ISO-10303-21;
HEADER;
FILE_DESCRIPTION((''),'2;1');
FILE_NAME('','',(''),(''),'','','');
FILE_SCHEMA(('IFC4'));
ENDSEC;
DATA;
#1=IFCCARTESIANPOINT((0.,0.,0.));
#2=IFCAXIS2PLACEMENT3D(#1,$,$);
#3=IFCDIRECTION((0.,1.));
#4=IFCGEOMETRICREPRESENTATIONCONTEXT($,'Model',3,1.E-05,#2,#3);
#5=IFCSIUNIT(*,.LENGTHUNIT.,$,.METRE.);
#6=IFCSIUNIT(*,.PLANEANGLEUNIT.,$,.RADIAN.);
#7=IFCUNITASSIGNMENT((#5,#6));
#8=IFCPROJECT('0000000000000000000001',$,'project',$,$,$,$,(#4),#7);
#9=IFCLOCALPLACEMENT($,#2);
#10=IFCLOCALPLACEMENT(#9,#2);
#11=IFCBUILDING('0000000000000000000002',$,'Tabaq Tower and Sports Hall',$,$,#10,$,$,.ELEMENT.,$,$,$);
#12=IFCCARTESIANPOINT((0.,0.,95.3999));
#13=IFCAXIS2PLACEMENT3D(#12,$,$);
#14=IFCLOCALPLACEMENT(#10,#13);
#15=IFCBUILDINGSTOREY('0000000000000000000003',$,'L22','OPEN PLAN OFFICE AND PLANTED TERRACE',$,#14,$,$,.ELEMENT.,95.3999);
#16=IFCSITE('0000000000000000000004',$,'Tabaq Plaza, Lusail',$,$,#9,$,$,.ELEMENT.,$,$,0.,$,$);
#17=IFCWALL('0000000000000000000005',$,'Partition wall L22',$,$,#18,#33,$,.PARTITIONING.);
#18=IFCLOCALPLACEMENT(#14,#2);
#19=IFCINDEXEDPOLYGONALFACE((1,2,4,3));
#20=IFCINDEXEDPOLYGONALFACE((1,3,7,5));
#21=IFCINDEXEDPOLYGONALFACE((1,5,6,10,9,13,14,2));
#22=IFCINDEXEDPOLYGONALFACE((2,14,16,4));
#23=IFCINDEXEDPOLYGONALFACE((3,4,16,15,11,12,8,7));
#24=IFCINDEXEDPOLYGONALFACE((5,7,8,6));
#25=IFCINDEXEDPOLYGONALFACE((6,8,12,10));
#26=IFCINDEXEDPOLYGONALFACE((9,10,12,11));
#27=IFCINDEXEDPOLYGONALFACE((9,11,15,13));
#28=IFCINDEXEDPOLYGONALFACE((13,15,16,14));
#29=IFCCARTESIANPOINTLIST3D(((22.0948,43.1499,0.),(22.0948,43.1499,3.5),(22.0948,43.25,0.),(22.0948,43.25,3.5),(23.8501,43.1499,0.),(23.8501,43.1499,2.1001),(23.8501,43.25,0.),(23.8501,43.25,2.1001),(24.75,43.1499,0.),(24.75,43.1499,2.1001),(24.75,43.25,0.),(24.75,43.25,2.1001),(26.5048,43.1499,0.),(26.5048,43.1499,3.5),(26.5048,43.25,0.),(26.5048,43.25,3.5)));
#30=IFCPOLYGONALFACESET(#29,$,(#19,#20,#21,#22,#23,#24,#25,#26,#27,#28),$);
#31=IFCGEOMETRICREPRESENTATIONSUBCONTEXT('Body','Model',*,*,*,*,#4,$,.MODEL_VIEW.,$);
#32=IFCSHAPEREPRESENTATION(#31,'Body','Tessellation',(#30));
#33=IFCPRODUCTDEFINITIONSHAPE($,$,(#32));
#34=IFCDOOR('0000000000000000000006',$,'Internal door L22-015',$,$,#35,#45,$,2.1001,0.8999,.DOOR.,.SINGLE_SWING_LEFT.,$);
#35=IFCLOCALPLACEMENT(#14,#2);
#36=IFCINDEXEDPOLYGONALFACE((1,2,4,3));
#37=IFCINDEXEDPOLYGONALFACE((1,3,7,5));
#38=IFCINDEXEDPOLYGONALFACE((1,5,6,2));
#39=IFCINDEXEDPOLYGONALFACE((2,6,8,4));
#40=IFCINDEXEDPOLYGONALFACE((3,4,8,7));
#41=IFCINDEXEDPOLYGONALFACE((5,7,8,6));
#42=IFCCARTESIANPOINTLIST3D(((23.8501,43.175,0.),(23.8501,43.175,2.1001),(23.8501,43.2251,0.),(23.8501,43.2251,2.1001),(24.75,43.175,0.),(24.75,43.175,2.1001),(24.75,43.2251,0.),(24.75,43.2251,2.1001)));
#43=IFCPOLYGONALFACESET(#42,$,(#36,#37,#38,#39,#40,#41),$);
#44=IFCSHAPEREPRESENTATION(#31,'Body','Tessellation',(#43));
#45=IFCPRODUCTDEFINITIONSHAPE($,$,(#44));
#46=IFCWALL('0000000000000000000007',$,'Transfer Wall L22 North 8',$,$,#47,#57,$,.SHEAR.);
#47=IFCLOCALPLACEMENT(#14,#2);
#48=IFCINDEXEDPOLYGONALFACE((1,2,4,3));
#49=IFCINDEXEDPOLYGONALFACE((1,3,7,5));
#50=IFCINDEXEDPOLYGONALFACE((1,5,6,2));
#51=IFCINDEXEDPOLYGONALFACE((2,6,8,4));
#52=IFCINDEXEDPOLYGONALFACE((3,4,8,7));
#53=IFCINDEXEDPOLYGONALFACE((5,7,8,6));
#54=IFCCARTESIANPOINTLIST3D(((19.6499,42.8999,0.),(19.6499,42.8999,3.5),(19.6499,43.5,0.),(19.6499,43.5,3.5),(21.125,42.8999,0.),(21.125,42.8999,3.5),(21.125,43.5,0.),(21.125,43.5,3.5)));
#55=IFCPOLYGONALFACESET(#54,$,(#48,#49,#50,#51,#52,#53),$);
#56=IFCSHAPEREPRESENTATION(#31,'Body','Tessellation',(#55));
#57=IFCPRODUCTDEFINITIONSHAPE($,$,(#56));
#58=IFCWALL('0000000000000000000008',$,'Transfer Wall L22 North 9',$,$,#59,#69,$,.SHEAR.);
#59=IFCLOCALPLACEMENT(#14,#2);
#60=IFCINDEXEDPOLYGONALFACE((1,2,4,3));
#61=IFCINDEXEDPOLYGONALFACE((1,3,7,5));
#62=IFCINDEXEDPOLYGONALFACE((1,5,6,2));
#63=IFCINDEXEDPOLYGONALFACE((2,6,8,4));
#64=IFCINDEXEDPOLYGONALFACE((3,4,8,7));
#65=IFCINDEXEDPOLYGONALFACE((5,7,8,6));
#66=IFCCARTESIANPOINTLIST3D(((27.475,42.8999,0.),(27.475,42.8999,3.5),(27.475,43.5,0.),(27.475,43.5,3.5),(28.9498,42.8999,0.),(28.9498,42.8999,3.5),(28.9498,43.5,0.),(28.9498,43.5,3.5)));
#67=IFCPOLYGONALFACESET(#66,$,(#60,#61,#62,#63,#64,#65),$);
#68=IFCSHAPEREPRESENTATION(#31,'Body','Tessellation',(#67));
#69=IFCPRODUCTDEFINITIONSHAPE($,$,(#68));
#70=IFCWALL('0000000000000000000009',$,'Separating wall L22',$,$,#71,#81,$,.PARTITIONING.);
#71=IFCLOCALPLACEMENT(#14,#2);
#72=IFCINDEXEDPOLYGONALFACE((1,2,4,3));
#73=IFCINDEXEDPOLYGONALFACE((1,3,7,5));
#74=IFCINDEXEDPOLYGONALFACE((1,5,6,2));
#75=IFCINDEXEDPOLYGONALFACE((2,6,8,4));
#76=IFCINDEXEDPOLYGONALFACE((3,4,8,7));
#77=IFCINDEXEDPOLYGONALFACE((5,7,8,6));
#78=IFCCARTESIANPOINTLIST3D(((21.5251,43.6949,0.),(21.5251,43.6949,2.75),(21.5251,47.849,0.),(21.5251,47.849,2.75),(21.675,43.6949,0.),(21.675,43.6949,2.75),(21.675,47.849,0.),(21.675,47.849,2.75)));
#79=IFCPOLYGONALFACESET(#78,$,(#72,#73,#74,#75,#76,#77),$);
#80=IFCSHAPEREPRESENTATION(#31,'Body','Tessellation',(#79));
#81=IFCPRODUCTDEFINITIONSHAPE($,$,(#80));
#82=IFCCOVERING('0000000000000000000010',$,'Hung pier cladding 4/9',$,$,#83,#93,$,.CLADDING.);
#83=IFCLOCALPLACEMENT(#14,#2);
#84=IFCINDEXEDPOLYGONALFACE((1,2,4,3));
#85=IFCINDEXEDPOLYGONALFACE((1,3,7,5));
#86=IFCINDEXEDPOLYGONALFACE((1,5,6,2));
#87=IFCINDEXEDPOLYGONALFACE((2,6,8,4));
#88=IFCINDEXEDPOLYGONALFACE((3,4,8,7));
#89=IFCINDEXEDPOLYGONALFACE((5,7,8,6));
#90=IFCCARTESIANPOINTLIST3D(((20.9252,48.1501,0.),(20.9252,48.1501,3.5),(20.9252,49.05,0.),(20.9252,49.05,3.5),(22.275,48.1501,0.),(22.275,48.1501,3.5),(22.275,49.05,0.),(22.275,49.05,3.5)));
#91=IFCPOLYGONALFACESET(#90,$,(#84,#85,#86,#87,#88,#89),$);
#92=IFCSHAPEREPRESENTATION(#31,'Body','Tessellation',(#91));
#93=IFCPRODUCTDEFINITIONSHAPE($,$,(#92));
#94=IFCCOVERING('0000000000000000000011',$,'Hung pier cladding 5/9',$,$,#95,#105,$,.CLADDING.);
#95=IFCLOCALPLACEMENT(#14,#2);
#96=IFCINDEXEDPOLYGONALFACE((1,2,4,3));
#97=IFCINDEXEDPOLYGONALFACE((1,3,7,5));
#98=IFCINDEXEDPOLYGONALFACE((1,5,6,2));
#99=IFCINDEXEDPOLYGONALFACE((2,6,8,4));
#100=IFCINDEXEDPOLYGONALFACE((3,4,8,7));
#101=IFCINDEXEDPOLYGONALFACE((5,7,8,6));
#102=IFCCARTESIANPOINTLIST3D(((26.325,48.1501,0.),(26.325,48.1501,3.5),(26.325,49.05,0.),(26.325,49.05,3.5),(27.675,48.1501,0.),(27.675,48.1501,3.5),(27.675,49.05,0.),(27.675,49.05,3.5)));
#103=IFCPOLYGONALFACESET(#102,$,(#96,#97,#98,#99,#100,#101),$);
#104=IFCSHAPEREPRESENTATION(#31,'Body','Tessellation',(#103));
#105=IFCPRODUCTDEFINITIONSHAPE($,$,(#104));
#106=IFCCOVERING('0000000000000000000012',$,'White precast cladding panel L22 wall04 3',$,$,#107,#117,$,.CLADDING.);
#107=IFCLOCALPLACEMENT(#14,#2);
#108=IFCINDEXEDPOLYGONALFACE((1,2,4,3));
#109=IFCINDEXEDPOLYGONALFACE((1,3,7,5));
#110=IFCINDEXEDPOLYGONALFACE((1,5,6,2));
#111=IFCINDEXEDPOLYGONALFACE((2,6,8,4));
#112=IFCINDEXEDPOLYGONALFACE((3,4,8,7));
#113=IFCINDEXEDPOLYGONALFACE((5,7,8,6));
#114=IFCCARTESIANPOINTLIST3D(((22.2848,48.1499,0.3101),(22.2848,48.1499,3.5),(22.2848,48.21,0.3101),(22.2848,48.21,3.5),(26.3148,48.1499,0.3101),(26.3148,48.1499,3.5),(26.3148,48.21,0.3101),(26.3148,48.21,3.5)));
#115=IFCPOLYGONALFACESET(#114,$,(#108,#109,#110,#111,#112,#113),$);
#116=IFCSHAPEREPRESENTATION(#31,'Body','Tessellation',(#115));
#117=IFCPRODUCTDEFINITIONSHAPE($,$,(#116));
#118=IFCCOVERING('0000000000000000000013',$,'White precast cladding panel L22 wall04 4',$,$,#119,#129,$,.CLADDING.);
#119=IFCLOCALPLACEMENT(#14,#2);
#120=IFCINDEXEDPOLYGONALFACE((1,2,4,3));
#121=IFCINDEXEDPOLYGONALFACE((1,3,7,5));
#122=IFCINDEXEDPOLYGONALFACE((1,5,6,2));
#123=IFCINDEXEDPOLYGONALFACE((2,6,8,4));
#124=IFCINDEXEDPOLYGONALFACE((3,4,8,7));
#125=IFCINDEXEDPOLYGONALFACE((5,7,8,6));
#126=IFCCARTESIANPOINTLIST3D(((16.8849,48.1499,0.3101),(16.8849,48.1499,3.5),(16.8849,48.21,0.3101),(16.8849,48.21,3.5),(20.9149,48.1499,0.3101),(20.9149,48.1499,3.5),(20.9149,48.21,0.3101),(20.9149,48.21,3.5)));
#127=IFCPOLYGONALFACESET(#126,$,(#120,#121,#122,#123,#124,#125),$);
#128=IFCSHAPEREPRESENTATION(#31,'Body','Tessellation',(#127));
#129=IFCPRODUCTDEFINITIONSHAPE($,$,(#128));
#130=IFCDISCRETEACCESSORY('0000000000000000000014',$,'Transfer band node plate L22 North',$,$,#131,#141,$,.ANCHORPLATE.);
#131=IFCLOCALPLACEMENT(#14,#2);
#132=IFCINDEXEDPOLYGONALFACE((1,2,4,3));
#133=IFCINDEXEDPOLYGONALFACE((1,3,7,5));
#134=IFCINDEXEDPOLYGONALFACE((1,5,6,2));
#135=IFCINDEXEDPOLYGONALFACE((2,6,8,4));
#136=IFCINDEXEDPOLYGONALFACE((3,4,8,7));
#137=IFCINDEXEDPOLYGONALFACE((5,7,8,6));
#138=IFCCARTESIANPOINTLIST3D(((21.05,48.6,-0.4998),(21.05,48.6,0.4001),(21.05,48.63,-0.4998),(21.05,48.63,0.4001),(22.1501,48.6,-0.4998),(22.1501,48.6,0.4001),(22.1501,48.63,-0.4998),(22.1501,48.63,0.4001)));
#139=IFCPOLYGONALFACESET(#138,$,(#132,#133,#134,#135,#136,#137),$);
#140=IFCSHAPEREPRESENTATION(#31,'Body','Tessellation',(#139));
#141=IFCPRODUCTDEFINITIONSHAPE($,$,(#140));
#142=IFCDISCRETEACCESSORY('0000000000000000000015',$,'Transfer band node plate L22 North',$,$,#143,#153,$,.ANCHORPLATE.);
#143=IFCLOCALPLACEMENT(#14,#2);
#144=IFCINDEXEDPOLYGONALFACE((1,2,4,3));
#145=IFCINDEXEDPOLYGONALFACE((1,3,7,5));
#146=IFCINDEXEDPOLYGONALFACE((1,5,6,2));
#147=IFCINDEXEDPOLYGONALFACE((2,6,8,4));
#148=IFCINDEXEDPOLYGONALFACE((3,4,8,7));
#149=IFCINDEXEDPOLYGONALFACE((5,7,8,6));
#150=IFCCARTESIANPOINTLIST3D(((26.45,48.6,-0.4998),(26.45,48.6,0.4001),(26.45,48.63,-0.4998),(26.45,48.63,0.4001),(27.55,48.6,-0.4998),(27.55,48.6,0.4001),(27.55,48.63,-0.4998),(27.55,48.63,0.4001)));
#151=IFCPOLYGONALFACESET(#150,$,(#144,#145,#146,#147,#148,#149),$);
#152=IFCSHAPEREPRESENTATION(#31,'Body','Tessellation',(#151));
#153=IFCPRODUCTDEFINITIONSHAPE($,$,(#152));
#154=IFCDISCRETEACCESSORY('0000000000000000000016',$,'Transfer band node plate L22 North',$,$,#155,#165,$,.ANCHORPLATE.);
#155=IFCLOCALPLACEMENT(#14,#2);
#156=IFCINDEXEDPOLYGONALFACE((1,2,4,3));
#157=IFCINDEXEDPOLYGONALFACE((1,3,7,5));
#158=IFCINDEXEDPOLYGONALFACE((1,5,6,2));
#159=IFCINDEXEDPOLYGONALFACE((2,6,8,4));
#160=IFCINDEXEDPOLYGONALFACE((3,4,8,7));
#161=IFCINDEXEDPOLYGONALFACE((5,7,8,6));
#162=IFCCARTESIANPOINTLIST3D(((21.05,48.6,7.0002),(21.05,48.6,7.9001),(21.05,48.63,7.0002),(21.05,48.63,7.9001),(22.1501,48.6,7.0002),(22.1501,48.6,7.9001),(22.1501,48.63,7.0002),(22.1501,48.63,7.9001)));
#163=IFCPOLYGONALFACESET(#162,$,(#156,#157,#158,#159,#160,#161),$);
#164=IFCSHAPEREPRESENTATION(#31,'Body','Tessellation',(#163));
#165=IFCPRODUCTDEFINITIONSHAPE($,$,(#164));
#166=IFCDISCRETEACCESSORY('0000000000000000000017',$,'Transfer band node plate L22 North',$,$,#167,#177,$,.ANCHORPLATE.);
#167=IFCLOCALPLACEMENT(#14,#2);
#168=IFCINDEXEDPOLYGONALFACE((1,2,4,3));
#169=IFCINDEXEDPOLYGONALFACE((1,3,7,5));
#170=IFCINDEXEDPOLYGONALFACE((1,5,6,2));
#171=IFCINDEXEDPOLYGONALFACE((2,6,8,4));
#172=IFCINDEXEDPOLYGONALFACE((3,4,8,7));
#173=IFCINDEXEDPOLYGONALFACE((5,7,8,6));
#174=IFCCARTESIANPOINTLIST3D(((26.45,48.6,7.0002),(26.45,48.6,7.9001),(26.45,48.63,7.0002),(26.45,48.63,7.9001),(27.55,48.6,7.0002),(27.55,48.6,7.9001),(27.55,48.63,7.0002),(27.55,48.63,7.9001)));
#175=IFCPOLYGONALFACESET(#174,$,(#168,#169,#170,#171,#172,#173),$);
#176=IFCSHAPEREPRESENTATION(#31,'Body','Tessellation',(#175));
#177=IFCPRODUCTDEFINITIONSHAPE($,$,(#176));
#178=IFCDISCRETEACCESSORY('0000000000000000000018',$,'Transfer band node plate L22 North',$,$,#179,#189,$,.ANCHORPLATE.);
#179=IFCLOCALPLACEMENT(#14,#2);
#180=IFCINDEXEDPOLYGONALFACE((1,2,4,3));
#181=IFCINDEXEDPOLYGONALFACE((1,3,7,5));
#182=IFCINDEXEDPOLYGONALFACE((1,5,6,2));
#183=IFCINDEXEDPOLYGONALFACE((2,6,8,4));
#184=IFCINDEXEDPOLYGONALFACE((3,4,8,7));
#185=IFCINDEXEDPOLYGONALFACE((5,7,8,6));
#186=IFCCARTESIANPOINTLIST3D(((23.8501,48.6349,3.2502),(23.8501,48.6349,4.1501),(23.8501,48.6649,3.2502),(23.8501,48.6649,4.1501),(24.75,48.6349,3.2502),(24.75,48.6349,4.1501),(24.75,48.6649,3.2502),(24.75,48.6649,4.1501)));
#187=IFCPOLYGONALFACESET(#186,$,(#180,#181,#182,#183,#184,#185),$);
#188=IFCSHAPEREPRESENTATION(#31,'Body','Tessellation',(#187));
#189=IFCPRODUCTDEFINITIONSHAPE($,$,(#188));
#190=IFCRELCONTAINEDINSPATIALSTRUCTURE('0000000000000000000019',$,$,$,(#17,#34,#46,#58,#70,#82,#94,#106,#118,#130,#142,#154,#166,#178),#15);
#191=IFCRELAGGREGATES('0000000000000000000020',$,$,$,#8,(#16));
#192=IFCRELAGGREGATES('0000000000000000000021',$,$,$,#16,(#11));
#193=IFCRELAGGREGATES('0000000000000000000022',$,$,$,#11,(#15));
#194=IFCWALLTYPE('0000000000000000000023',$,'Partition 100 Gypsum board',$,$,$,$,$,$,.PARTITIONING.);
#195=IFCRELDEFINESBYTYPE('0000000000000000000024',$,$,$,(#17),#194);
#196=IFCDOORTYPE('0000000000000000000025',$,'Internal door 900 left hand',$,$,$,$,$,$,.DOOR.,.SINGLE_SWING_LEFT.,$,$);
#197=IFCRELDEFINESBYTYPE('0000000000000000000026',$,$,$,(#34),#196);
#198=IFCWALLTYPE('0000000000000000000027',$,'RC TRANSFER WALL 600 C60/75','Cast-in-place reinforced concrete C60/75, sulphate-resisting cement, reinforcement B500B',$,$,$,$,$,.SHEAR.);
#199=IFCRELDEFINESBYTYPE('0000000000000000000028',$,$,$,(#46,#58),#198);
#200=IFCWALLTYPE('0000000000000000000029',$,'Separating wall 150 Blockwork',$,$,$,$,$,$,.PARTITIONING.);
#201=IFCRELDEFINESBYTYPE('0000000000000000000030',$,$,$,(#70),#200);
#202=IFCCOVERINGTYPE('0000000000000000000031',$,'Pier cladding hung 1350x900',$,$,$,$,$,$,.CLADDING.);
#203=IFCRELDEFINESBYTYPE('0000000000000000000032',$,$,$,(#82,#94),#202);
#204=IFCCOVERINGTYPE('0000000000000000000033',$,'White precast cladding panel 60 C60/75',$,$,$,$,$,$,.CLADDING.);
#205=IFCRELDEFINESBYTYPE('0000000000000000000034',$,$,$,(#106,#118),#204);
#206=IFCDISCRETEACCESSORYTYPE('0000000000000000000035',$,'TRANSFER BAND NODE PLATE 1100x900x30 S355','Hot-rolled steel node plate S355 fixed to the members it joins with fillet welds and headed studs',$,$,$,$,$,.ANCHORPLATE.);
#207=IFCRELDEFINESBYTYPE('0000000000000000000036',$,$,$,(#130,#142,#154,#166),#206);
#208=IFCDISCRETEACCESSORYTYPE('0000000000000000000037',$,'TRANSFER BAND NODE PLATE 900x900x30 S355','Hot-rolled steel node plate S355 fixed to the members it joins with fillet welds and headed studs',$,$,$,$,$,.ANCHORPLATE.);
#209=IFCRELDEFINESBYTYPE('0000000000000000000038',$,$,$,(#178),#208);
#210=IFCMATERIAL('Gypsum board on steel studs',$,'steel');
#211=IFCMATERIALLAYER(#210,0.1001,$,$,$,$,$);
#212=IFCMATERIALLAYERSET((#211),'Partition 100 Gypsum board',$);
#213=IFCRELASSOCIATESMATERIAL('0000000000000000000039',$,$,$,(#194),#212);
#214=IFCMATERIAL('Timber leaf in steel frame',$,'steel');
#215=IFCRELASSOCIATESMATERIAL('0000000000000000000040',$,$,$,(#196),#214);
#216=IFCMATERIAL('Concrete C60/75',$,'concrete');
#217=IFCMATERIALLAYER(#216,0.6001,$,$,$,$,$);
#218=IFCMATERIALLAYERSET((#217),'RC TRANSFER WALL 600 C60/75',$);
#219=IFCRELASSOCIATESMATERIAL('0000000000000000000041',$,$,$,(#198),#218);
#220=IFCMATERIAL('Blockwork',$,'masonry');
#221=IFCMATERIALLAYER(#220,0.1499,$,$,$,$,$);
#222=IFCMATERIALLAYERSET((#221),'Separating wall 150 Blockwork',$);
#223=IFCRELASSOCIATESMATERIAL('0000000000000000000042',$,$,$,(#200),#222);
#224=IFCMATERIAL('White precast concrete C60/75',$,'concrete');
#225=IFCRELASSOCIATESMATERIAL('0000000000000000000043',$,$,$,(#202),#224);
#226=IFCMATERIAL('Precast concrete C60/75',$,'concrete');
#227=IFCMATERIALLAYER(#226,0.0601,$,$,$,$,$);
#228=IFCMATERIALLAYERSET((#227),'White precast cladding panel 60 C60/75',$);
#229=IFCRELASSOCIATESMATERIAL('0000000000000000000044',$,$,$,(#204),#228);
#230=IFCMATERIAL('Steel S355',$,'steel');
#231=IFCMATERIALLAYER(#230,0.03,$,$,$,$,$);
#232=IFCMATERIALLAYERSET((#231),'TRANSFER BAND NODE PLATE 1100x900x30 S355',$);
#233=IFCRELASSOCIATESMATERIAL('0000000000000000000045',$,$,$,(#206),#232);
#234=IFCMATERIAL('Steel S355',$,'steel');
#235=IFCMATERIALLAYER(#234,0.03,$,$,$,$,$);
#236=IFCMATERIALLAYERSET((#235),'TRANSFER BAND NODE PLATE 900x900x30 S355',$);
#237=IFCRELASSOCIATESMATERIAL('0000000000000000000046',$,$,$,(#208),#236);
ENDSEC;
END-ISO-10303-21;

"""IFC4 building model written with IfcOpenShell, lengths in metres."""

from ifc_helpers import new_model, si_unit, direction, frame, frame_2d, origin, origin_2d, place, context, subcontext, project, spatial, rectangle, extrude, material, layer, layer_set, type_object, element, fill, save


model = new_model("IFC4")

# Units and contexts
model_context = context("Model", 3, precision=1e-05, world=origin(), true_north=direction((0.0, 1.0)))
body_context = subcontext(model_context, "Body", "Model", "MODEL_VIEW")
ifc_project = project(units=[si_unit("LENGTHUNIT", "METRE"), si_unit("PLANEANGLEUNIT", "RADIAN")], contexts=[model_context])

# Site, building, storey
site_placement = place(None, origin())
site = spatial("IfcSite", under=ifc_project, at=site_placement, Name="Tabaq Plaza, Lusail", CompositionType="ELEMENT", RefElevation=0.0)
building_placement = place(site_placement, origin())
building = spatial("IfcBuilding", under=site, at=building_placement, Name="Tabaq Tower and Sports Hall", CompositionType="ELEMENT")
storey_placement = place(building_placement, frame((0.0, 0.0, 95.3999)))
storey = spatial("IfcBuildingStorey", under=building, at=storey_placement, Name="L22", Description="OPEN PLAN OFFICE AND PLANTED TERRACE", CompositionType="ELEMENT", Elevation=95.3999)

# Wall, opening, door
ifc_material_1 = material(Name="Gypsum board on steel studs", Category="steel")
ifc_layer_1 = layer(ifc_material_1, 0.1001)
ifc_layer_set_1 = layer_set([ifc_layer_1], Name="Partition 100 Gypsum board")
wall_type_1 = type_object("IfcWallType", Name="Partition 100 Gypsum board", PredefinedType="PARTITIONING", material=ifc_layer_set_1)
wall_1_placement = place(storey_placement, frame((26.5049, 43.2, 0.0), z_axis=(0.0, 0.0, 1.0), x_axis=(-1.0, 0.0, 0.0)))
wall_1 = element("IfcWall", 1, at=wall_1_placement, inside=storey, type_object=wall_type_1, Name="Partition wall L22", PredefinedType="PARTITIONING", context=body_context, shape_type="SweptSolid", body=[
    extrude(rectangle(XDim=4.4099, YDim=0.1001, at=frame_2d((2.2051, 0.0))), origin(), (0.0, 0.0, 1.0), 3.5),
])
opening_1_placement = place(wall_1_placement, frame((1.7549, 0.0, 0.0)))
opening_1 = element("IfcOpeningElement", 2, at=opening_1_placement, cuts=wall_1, PredefinedType="OPENING", context=body_context, shape_type="SweptSolid", body=[
    extrude(rectangle(XDim=0.8999, YDim=2.1001, at=frame_2d((0.45, 1.05))), frame((0.0, 0.05, 0.0), z_axis=(0.0, -1.0, 0.0), x_axis=(1.0, 0.0, 0.0)), (0.0, 0.0, 1.0), 0.1001),
])
ifc_material_2 = material(Name="Timber leaf in steel frame", Category="steel")
door_type_1 = type_object("IfcDoorType", Name="Internal door 900 left hand", OperationType="SINGLE_SWING_LEFT", PredefinedType="DOOR", material=ifc_material_2)
door_1_placement = place(opening_1_placement, origin())
door_1 = element("IfcDoor", 3, at=door_1_placement, inside=storey, type_object=door_type_1, Name="Internal door L22-015", OperationType="SINGLE_SWING_LEFT", OverallHeight=2.1001, OverallWidth=0.8999, PredefinedType="DOOR", context=body_context, shape_type="SweptSolid", body=[
    extrude(rectangle(XDim=0.8999, YDim=2.1001, at=frame_2d((0.45, 1.05))), frame((0.0, 0.0249, 0.0), z_axis=(0.0, -1.0, 0.0), x_axis=(1.0, 0.0, 0.0)), (0.0, 0.0, 1.0), 0.05),
])
fill(opening_1, door_1)

# Walls
ifc_material_3 = material(Name="Concrete C60/75", Category="concrete")
ifc_layer_2 = layer(ifc_material_3, 0.6001)
ifc_layer_set_2 = layer_set([ifc_layer_2], Name="RC TRANSFER WALL 600 C60/75")
wall_type_2 = type_object("IfcWallType", Name="RC TRANSFER WALL 600 C60/75", Description="Cast-in-place reinforced concrete C60/75, sulphate-resisting cement, reinforcement B500B", PredefinedType="SHEAR", material=ifc_layer_set_2)
wall_2_placement = place(storey_placement, frame((19.6499, 43.2, 0.0), z_axis=(0.0, 0.0, 1.0), x_axis=(1.0, 0.0, 0.0)))
element("IfcWall", 4, at=wall_2_placement, inside=storey, type_object=wall_type_2, Name="Transfer Wall L22 North 8", PredefinedType="SHEAR", context=body_context, shape_type="SweptSolid", body=[
    extrude(rectangle(XDim=1.4751, YDim=0.6001, at=frame_2d((0.7375, 0.0))), origin(), (0.0, 0.0, 1.0), 3.5),
])
wall_3_placement = place(storey_placement, frame((27.4751, 43.2, 0.0), z_axis=(0.0, 0.0, 1.0), x_axis=(1.0, 0.0, 0.0)))
element("IfcWall", 5, at=wall_3_placement, inside=storey, type_object=wall_type_2, Name="Transfer Wall L22 North 9", PredefinedType="SHEAR", context=body_context, shape_type="SweptSolid", body=[
    extrude(rectangle(XDim=1.4749, YDim=0.6001, at=frame_2d((0.7373, 0.0))), origin(), (0.0, 0.0, 1.0), 3.5),
])
ifc_material_4 = material(Name="Blockwork", Category="masonry")
ifc_layer_3 = layer(ifc_material_4, 0.1499)
ifc_layer_set_3 = layer_set([ifc_layer_3], Name="Separating wall 150 Blockwork")
wall_type_3 = type_object("IfcWallType", Name="Separating wall 150 Blockwork", PredefinedType="PARTITIONING", material=ifc_layer_set_3)
wall_4_placement = place(storey_placement, frame((21.6001, 47.8491, 0.0), z_axis=(0.0, 0.0, 1.0), x_axis=(0.0, -1.0, 0.0)))
element("IfcWall", 6, at=wall_4_placement, inside=storey, type_object=wall_type_3, Name="Separating wall L22", PredefinedType="PARTITIONING", context=body_context, shape_type="SweptSolid", body=[
    extrude(rectangle(XDim=4.1541, YDim=0.1499, at=frame_2d((2.0771, 0.0))), origin(), (0.0, 0.0, 1.0), 2.75),
])

# Coverings
ifc_material_5 = material(Name="White precast concrete C60/75", Category="concrete")
covering_type_1 = type_object("IfcCoveringType", Name="Pier cladding hung 1350x900", PredefinedType="CLADDING", material=ifc_material_5)
covering_1_placement = place(storey_placement, frame((22.2749, 48.6001, 0.0), z_axis=(0.0, 0.0, 1.0), x_axis=(-1.0, 0.0, 0.0)))
element("IfcCovering", 7, at=covering_1_placement, inside=storey, type_object=covering_type_1, Name="Hung pier cladding 4/9", PredefinedType="CLADDING", context=body_context, shape_type="SweptSolid", body=[
    extrude(rectangle(XDim=1.3499, YDim=0.8999, at=frame_2d((0.6748, 0.0))), origin(), (0.0, 0.0, 1.0), 3.5),
])
covering_2_placement = place(storey_placement, frame((27.675, 48.6001, 0.0), z_axis=(0.0, 0.0, 1.0), x_axis=(-1.0, 0.0, 0.0)))
element("IfcCovering", 8, at=covering_2_placement, inside=storey, type_object=covering_type_1, Name="Hung pier cladding 5/9", PredefinedType="CLADDING", context=body_context, shape_type="SweptSolid", body=[
    extrude(rectangle(XDim=1.3501, YDim=0.8999, at=frame_2d((0.675, 0.0))), origin(), (0.0, 0.0, 1.0), 3.5),
])
ifc_material_6 = material(Name="Precast concrete C60/75", Category="concrete")
ifc_layer_4 = layer(ifc_material_6, 0.0601)
ifc_layer_set_4 = layer_set([ifc_layer_4], Name="White precast cladding panel 60 C60/75")
covering_type_2 = type_object("IfcCoveringType", Name="White precast cladding panel 60 C60/75", PredefinedType="CLADDING", material=ifc_layer_set_4)
for number, where, z_axis, x_axis, name in (
    (9, (26.3149, 48.1799, 0.3101), (0.0, 0.0, 1.0), (-1.0, 0.0, 0.0), "White precast cladding panel L22 wall04 3"),
    (10, (20.915, 48.1799, 0.3101), (0.0, 0.0, 1.0), (-1.0, 0.0, 0.0), "White precast cladding panel L22 wall04 4"),
):
    element("IfcCovering", number, at=place(storey_placement, frame(where, z_axis=z_axis, x_axis=x_axis)), inside=storey, type_object=covering_type_2, Name=name, PredefinedType="CLADDING", context=body_context, shape_type="SweptSolid", body=[
        extrude(rectangle(XDim=4.03, YDim=0.0601, at=frame_2d((2.0151, 0.0))), origin(), (0.0, 0.0, 1.0), 3.1899),
    ])

# Discrete accessories
ifc_material_7 = material(Name="Steel S355", Category="steel")
ifc_layer_5 = layer(ifc_material_7, 0.03)
ifc_layer_set_5 = layer_set([ifc_layer_5], Name="TRANSFER BAND NODE PLATE 1100x900x30 S355")
discrete_accessory_type_1 = type_object("IfcDiscreteAccessoryType", Name="TRANSFER BAND NODE PLATE 1100x900x30 S355", Description="Hot-rolled steel node plate S355 fixed to the members it joins with fillet welds and headed studs", PredefinedType="ANCHORPLATE", material=ifc_layer_set_5)
for number, where, z_axis, x_axis, name in (
    (11, (21.6001, 48.615, -0.4998), (0.0, 0.0, 1.0), (-1.0, 0.0, 0.0), "Transfer band node plate L22 North"),
    (12, (27.0, 48.615, -0.4998), (0.0, 0.0, 1.0), (-1.0, 0.0, 0.0), "Transfer band node plate L22 North"),
    (13, (21.6001, 48.615, 7.0002), (0.0, 0.0, 1.0), (-1.0, 0.0, 0.0), "Transfer band node plate L22 North"),
    (14, (27.0, 48.615, 7.0002), (0.0, 0.0, 1.0), (-1.0, 0.0, 0.0), "Transfer band node plate L22 North"),
):
    element("IfcDiscreteAccessory", number, at=place(storey_placement, frame(where, z_axis=z_axis, x_axis=x_axis)), inside=storey, type_object=discrete_accessory_type_1, Name=name, PredefinedType="ANCHORPLATE", context=body_context, shape_type="SweptSolid", body=[
        extrude(rectangle(XDim=1.1001, YDim=0.03, at=origin_2d()), origin(), (0.0, 0.0, 1.0), 0.8999),
    ])
ifc_material_8 = material(Name="Steel S355", Category="steel")
ifc_layer_6 = layer(ifc_material_8, 0.03)
ifc_layer_set_6 = layer_set([ifc_layer_6], Name="TRANSFER BAND NODE PLATE 900x900x30 S355")
discrete_accessory_type_2 = type_object("IfcDiscreteAccessoryType", Name="TRANSFER BAND NODE PLATE 900x900x30 S355", Description="Hot-rolled steel node plate S355 fixed to the members it joins with fillet welds and headed studs", PredefinedType="ANCHORPLATE", material=ifc_layer_set_6)
discrete_accessory_placement = place(storey_placement, frame((24.3, 48.6499, 3.2502), z_axis=(0.0, 0.0, 1.0), x_axis=(-1.0, 0.0, 0.0)))
element("IfcDiscreteAccessory", 15, at=discrete_accessory_placement, inside=storey, type_object=discrete_accessory_type_2, Name="Transfer band node plate L22 North", PredefinedType="ANCHORPLATE", context=body_context, shape_type="SweptSolid", body=[
    extrude(rectangle(XDim=0.8999, YDim=0.03, at=origin_2d()), origin(), (0.0, 0.0, 1.0), 0.8999),
])

save(model, "model.ifc")
